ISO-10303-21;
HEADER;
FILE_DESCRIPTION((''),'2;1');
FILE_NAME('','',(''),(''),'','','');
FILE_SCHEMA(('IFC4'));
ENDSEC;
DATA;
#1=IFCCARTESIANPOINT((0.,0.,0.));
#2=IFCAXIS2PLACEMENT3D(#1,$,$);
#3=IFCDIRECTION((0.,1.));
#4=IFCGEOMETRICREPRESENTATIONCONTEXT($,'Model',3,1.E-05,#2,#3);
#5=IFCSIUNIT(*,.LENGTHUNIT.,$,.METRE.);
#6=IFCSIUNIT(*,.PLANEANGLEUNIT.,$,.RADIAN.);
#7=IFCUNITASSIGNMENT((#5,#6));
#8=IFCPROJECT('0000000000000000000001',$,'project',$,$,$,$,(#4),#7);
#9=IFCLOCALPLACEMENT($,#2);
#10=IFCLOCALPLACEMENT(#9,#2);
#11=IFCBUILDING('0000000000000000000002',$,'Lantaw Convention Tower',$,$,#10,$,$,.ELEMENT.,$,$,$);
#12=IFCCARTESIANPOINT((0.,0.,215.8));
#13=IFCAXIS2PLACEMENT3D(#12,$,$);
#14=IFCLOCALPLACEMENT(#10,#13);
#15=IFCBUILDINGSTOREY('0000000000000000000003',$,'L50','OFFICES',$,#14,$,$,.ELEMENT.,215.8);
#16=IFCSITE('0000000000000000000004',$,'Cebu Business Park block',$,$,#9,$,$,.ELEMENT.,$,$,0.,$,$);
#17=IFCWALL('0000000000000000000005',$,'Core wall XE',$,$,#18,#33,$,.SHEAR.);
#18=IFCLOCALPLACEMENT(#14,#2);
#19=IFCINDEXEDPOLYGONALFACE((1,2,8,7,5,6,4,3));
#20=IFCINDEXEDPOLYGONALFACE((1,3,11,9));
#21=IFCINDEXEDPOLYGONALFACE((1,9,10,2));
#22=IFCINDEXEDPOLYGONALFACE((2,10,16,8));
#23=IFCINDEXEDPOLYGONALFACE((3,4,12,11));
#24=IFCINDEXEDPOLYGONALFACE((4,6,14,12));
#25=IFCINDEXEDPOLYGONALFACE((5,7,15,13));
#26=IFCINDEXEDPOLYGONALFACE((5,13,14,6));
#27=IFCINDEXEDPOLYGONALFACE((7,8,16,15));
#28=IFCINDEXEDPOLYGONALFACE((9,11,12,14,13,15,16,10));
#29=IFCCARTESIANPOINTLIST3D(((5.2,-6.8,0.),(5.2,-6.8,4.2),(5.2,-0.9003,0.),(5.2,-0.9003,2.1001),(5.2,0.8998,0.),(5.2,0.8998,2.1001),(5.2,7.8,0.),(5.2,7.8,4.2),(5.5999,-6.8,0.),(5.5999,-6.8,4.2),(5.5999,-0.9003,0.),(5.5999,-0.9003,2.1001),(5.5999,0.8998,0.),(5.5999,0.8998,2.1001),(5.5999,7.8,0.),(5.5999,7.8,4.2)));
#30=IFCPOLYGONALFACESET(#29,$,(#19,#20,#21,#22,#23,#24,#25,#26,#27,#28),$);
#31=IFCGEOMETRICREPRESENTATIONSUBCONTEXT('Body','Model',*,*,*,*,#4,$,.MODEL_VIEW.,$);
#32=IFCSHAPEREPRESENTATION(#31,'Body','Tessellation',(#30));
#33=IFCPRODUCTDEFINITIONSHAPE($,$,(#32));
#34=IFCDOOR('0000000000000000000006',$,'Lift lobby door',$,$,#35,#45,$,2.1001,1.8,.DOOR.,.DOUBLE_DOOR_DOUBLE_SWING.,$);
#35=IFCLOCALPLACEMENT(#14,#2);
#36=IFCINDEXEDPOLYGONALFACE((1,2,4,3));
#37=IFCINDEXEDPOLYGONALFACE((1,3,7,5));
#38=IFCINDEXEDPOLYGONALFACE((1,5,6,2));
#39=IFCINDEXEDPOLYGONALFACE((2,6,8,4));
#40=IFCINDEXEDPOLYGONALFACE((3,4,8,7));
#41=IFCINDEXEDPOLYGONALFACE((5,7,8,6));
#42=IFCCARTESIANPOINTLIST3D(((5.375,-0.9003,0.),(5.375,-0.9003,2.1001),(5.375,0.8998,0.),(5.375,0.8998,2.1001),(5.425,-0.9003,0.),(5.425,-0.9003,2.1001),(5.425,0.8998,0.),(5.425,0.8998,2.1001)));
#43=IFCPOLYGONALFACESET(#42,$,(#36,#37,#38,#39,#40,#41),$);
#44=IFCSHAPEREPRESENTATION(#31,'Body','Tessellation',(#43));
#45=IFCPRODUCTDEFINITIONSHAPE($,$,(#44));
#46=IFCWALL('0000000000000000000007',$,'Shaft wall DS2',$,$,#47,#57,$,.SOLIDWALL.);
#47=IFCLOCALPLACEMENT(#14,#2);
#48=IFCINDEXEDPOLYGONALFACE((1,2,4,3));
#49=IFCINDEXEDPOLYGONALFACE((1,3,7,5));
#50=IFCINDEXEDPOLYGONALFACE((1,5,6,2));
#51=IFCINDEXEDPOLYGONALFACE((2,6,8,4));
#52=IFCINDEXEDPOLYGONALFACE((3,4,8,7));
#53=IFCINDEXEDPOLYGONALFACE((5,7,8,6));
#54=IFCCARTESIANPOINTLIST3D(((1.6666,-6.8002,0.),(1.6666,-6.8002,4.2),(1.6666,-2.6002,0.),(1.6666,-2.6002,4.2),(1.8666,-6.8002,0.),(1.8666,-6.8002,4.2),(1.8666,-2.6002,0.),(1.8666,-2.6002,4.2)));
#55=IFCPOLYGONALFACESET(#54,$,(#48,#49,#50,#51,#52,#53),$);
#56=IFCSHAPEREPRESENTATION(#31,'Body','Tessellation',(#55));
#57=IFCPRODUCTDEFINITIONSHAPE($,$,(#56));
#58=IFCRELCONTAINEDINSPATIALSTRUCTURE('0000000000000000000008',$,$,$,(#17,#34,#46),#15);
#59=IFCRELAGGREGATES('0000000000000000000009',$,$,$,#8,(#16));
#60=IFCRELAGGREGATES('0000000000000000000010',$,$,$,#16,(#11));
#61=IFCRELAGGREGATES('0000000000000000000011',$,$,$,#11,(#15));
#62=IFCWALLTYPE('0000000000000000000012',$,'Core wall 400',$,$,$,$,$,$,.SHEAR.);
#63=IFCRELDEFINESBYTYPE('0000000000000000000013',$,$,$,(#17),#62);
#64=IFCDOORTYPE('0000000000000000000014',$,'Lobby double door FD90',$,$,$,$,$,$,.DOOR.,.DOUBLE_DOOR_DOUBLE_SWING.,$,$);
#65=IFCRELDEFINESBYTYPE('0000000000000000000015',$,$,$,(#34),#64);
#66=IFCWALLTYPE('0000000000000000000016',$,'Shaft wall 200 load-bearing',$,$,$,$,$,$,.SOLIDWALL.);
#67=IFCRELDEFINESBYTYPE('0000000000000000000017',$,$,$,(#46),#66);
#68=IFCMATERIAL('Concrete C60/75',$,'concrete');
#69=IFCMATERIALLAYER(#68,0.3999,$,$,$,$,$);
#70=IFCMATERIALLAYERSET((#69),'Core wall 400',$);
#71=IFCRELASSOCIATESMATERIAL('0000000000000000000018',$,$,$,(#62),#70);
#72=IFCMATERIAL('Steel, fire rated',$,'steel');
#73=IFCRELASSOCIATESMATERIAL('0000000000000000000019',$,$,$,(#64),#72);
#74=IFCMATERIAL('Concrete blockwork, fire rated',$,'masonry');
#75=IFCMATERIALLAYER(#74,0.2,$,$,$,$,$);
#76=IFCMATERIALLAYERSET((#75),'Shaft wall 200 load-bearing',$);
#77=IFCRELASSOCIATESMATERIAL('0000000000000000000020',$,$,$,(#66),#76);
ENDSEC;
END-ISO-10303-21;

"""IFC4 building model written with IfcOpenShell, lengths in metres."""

from ifc_helpers import new_model, si_unit, direction, frame, frame_2d, origin, place, context, subcontext, project, spatial, rectangle, extrude, material, layer, layer_set, type_object, element, fill, save


model = new_model("IFC4")

# Units and contexts
model_context = context("Model", 3, precision=1e-05, world=origin(), true_north=direction((0.0, 1.0)))
body_context = subcontext(model_context, "Body", "Model", "MODEL_VIEW")
ifc_project = project(units=[si_unit("LENGTHUNIT", "METRE"), si_unit("PLANEANGLEUNIT", "RADIAN")], contexts=[model_context])

# Site, building, storey
site_placement = place(None, origin())
site = spatial("IfcSite", under=ifc_project, at=site_placement, Name="Cebu Business Park block", CompositionType="ELEMENT", RefElevation=0.0)
building_placement = place(site_placement, origin())
building = spatial("IfcBuilding", under=site, at=building_placement, Name="Lantaw Convention Tower", CompositionType="ELEMENT")
storey_placement = place(building_placement, frame((0.0, 0.0, 215.8)))
storey = spatial("IfcBuildingStorey", under=building, at=storey_placement, Name="L50", Description="OFFICES", CompositionType="ELEMENT", Elevation=215.8)

# Wall, opening, door
ifc_material_1 = material(Name="Concrete C60/75", Category="concrete")
ifc_material_2 = material(Name="Steel, fire rated", Category="steel")
ifc_layer_1 = layer(ifc_material_1, 0.3999)
ifc_layer_set_1 = layer_set([ifc_layer_1], Name="Core wall 400")
wall_type_1 = type_object("IfcWallType", Name="Core wall 400", PredefinedType="SHEAR", material=ifc_layer_set_1)
wall_1_placement = place(storey_placement, frame((5.3999, -6.8, 0.0), z_axis=(0.0, 0.0, 1.0), x_axis=(0.0, 1.0, 0.0)))
wall_1 = element("IfcWall", 1, at=wall_1_placement, inside=storey, type_object=wall_type_1, Name="Core wall XE", PredefinedType="SHEAR", context=body_context, shape_type="SweptSolid", body=[
    extrude(rectangle(XDim=14.6001, YDim=0.3999, at=frame_2d((7.3, 0.0))), origin(), (0.0, 0.0, 1.0), 4.2),
])
opening_1_placement = place(wall_1_placement, frame((5.8999, 0.0, 0.0)))
opening_1 = element("IfcOpeningElement", 2, at=opening_1_placement, cuts=wall_1, PredefinedType="OPENING", context=body_context, shape_type="SweptSolid", body=[
    extrude(rectangle(XDim=1.8, YDim=2.1001, at=frame_2d((0.8999, 1.05))), frame((0.0, 0.21, 0.0), z_axis=(0.0, -1.0, 0.0), x_axis=(1.0, 0.0, 0.0)), (0.0, 0.0, 1.0), 0.4199),
])
door_type_1 = type_object("IfcDoorType", Name="Lobby double door FD90", OperationType="DOUBLE_DOOR_DOUBLE_SWING", PredefinedType="DOOR", material=ifc_material_2)
door_1_placement = place(opening_1_placement, origin())
door_1 = element("IfcDoor", 3, at=door_1_placement, inside=storey, type_object=door_type_1, Name="Lift lobby door", OperationType="DOUBLE_DOOR_DOUBLE_SWING", OverallHeight=2.1001, OverallWidth=1.8, PredefinedType="DOOR", context=body_context, shape_type="SweptSolid", body=[
    extrude(rectangle(XDim=1.8, YDim=2.1001, at=frame_2d((0.8999, 1.05))), frame((0.0, 0.0249, 0.0), z_axis=(0.0, -1.0, 0.0), x_axis=(1.0, 0.0, 0.0)), (0.0, 0.0, 1.0), 0.05),
])
fill(opening_1, door_1)

# Wall
ifc_material_3 = material(Name="Concrete blockwork, fire rated", Category="masonry")
ifc_layer_2 = layer(ifc_material_3, 0.2)
ifc_layer_set_2 = layer_set([ifc_layer_2], Name="Shaft wall 200 load-bearing")
wall_type_2 = type_object("IfcWallType", Name="Shaft wall 200 load-bearing", PredefinedType="SOLIDWALL", material=ifc_layer_set_2)
wall_2_placement = place(storey_placement, frame((1.7666, -2.6001, 0.0), z_axis=(0.0, 0.0, 1.0), x_axis=(0.0, -1.0, 0.0)))
element("IfcWall", 4, at=wall_2_placement, inside=storey, type_object=wall_type_2, Name="Shaft wall DS2", PredefinedType="SOLIDWALL", context=body_context, shape_type="SweptSolid", body=[
    extrude(rectangle(XDim=4.2, YDim=0.2, at=frame_2d((2.1001, 0.0))), origin(), (0.0, 0.0, 1.0), 4.2),
])

save(model, "model.ifc")
